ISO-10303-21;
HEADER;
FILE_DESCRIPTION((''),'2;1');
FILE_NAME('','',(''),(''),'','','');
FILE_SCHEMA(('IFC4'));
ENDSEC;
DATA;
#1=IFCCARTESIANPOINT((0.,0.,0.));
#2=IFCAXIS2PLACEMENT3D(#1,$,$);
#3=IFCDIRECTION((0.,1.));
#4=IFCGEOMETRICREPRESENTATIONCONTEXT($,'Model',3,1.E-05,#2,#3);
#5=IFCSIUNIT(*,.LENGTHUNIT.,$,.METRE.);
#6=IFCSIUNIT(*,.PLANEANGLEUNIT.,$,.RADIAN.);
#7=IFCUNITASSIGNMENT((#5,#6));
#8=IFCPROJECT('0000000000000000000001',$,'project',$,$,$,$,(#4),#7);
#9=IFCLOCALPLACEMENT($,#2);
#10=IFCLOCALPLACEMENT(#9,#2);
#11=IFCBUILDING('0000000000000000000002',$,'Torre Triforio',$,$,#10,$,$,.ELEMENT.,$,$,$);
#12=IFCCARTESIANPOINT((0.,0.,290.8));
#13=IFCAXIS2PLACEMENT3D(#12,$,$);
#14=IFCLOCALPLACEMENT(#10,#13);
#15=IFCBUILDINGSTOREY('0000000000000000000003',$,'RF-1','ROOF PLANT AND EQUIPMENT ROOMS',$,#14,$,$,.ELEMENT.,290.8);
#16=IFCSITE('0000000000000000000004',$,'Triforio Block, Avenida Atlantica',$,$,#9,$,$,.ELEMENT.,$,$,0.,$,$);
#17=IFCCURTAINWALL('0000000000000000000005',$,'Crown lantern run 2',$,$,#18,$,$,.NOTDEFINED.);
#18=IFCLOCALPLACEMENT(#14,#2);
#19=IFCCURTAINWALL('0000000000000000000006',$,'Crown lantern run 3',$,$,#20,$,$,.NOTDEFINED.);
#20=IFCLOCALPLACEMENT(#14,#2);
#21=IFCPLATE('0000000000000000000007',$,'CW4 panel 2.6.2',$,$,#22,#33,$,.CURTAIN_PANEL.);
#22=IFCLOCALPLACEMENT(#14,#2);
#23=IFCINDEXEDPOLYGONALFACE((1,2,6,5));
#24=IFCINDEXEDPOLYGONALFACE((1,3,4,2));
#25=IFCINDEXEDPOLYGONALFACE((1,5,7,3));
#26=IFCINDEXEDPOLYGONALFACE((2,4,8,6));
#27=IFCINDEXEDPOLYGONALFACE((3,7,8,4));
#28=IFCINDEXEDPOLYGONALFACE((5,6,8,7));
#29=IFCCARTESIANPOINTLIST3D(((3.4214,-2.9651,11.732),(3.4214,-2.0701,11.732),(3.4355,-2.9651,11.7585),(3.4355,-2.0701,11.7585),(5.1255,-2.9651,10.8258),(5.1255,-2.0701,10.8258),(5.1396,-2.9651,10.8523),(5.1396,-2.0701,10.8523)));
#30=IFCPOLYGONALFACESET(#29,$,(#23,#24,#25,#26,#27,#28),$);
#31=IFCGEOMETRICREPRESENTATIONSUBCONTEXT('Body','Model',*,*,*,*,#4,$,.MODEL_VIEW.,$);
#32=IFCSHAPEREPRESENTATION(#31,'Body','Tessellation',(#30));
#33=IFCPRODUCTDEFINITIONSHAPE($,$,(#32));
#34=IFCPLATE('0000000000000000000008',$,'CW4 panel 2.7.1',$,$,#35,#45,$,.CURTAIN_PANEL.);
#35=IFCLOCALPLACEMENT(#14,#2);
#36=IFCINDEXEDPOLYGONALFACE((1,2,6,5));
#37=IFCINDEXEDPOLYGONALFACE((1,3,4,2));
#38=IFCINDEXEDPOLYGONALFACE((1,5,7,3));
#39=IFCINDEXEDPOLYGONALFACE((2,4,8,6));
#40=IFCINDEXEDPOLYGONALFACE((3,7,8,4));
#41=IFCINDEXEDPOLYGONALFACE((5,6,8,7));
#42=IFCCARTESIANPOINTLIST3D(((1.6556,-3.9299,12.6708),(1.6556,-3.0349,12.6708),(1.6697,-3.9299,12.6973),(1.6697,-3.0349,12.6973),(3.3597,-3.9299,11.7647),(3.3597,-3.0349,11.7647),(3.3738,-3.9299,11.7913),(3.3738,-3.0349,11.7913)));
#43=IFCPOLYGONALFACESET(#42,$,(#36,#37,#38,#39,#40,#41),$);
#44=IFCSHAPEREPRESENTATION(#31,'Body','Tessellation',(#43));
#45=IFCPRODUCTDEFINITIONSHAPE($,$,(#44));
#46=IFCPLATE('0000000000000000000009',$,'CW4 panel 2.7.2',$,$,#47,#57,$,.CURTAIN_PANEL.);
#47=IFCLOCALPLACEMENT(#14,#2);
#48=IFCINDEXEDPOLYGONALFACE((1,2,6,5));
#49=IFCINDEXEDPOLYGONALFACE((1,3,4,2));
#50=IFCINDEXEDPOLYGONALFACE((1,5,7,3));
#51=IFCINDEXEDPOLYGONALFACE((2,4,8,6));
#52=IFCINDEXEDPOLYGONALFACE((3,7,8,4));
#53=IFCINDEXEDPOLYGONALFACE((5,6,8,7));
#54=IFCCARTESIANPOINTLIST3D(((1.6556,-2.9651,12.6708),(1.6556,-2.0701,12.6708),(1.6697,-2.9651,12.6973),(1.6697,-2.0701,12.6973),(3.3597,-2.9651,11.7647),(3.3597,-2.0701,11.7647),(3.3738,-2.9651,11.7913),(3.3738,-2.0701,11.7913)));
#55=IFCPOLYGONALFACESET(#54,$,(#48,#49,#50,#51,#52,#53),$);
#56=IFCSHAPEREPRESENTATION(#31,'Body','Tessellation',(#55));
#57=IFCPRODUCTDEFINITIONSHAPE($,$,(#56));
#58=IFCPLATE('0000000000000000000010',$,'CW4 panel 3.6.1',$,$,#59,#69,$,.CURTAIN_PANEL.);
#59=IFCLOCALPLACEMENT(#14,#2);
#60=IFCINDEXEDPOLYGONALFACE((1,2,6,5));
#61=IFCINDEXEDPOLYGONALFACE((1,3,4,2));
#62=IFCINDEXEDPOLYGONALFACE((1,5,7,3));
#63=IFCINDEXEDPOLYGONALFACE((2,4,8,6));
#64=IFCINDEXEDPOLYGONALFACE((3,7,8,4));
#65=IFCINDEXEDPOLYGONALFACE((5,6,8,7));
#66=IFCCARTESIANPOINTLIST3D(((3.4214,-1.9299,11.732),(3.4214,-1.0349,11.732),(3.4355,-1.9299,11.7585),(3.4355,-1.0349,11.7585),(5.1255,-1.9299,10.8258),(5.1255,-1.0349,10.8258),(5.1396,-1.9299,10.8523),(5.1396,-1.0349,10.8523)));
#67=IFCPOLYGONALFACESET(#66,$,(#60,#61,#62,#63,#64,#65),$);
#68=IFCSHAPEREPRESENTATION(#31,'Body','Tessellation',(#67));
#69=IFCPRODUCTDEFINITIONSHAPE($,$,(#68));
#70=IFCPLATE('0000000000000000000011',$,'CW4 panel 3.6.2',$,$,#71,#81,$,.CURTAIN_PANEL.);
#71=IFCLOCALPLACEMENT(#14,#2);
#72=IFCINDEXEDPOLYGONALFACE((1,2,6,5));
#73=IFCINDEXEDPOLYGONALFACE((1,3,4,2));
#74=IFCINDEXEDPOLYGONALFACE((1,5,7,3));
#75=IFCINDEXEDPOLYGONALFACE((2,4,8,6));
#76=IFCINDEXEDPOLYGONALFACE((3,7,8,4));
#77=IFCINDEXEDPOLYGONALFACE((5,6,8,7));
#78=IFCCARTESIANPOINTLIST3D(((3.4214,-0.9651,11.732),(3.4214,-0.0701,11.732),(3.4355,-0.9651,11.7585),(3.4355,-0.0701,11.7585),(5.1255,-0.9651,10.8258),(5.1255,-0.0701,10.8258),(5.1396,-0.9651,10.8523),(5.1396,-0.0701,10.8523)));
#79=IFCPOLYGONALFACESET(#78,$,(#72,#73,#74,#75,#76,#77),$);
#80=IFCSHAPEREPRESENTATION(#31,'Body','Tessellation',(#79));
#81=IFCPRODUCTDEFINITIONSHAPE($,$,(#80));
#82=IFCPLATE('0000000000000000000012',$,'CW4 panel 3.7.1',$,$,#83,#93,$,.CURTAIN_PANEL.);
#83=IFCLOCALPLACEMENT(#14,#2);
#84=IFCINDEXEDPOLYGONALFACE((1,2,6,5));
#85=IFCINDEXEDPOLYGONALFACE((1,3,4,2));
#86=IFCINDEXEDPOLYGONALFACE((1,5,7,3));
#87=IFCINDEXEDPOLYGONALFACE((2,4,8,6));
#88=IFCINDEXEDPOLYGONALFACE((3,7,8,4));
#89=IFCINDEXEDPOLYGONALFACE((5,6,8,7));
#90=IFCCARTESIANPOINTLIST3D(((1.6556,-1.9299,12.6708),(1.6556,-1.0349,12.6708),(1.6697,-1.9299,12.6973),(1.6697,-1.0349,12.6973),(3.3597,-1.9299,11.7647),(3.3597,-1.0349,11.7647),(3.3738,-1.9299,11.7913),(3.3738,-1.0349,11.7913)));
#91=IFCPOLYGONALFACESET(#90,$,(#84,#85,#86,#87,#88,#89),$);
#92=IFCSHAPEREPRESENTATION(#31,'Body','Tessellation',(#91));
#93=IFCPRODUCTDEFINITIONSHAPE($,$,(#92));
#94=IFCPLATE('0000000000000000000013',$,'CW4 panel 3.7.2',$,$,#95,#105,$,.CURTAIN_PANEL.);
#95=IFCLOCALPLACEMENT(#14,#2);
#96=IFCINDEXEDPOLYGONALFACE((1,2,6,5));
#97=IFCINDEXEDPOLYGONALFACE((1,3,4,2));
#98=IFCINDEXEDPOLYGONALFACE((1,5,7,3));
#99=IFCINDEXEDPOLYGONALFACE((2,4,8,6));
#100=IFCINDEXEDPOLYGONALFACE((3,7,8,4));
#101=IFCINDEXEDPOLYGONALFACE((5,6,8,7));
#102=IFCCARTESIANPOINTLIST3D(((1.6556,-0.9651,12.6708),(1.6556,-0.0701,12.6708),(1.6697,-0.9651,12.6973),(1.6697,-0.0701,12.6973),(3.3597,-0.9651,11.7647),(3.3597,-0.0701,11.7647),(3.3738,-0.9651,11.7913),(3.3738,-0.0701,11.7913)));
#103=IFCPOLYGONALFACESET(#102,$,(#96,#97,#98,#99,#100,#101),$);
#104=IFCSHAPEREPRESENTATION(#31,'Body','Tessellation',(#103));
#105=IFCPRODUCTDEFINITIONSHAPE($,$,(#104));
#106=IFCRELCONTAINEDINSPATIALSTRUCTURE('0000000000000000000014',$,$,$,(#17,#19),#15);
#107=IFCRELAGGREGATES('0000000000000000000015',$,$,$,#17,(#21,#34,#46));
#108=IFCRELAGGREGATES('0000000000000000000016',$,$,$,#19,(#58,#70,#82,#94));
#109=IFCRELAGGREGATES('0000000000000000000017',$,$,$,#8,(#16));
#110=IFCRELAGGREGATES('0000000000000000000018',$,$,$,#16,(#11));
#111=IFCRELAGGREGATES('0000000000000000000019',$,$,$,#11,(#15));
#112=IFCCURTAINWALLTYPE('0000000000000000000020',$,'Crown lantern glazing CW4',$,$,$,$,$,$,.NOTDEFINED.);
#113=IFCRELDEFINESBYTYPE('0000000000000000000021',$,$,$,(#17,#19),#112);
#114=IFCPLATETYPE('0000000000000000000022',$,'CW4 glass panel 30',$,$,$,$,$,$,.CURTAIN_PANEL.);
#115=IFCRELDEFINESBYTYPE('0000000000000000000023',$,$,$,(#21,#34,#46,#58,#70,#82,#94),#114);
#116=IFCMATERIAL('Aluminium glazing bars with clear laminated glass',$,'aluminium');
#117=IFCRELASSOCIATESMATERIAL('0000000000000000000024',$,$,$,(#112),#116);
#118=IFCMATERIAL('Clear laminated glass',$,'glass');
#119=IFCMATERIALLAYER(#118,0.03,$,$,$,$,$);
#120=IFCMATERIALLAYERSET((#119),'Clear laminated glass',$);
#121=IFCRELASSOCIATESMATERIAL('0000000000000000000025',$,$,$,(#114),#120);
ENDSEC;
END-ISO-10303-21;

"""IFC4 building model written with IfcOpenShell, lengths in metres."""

from ifc_helpers import new_model, si_unit, direction, frame, origin, place, context, subcontext, project, spatial, polyline, outline, extrude, material, layer, layer_set, type_object, element, aggregate, save


model = new_model("IFC4")

# Units and contexts
model_context = context("Model", 3, precision=1e-05, world=origin(), true_north=direction((0.0, 1.0)))
body_context = subcontext(model_context, "Body", "Model", "MODEL_VIEW")
ifc_project = project(units=[si_unit("LENGTHUNIT", "METRE"), si_unit("PLANEANGLEUNIT", "RADIAN")], contexts=[model_context])

# Site, building, storey
site_placement = place(None, origin())
site = spatial("IfcSite", under=ifc_project, at=site_placement, Name="Triforio Block, Avenida Atlantica", CompositionType="ELEMENT", RefElevation=0.0)
building_placement = place(site_placement, origin())
building = spatial("IfcBuilding", under=site, at=building_placement, Name="Torre Triforio", CompositionType="ELEMENT")
storey_placement = place(building_placement, frame((0.0, 0.0, 290.8)))
storey = spatial("IfcBuildingStorey", under=building, at=storey_placement, Name="RF-1", Description="ROOF PLANT AND EQUIPMENT ROOMS", CompositionType="ELEMENT", Elevation=290.8)

# Curtain walls
ifc_material_1 = material(Name="Aluminium glazing bars with clear laminated glass", Category="aluminium")
curtain_wall_type = type_object("IfcCurtainWallType", Name="Crown lantern glazing CW4", PredefinedType="NOTDEFINED", material=ifc_material_1)
curtain_wall_1_placement = place(storey_placement, origin())
curtain_wall_1 = element("IfcCurtainWall", 1, at=curtain_wall_1_placement, inside=storey, type_object=curtain_wall_type, Name="Crown lantern run 2", PredefinedType="NOTDEFINED")
curtain_wall_2_placement = place(storey_placement, origin())
curtain_wall_2 = element("IfcCurtainWall", 2, at=curtain_wall_2_placement, inside=storey, type_object=curtain_wall_type, Name="Crown lantern run 3", PredefinedType="NOTDEFINED")

# Plates
ifc_material_2 = material(Name="Clear laminated glass", Category="glass")
ifc_layer_1 = layer(ifc_material_2, 0.03)
ifc_layer_set_1 = layer_set([ifc_layer_1], Name="Clear laminated glass")
plate_type = type_object("IfcPlateType", Name="CW4 glass panel 30", PredefinedType="CURTAIN_PANEL", material=ifc_layer_set_1)
plate_1_placement = place(storey_placement, frame((5.1396, -2.9651, 10.8523), z_axis=(0.469537, 0.0, 0.882913), x_axis=(0.0, 1.0, 0.0)))
plate_1 = element("IfcPlate", 3, at=plate_1_placement, type_object=plate_type, Name="CW4 panel 2.6.2", PredefinedType="CURTAIN_PANEL", context=body_context, shape_type="SweptSolid", body=[
    extrude(outline(polyline([(0.0, 0.0), (0.895, 0.0), (0.895, 1.9301), (0.0, 1.9301), (0.0, 0.0)])), origin(), (0.0, 0.0, -1.0), 0.03),
])
plate_2_placement = place(storey_placement, frame((3.3738, -3.9299, 11.7913), z_axis=(0.469439, 0.0, 0.882965), x_axis=(0.0, 1.0, 0.0)))
plate_2 = element("IfcPlate", 4, at=plate_2_placement, type_object=plate_type, Name="CW4 panel 2.7.1", PredefinedType="CURTAIN_PANEL", context=body_context, shape_type="SweptSolid", body=[
    extrude(outline(polyline([(0.0, 0.0), (0.895, 0.0), (0.895, 1.93), (0.0, 1.93), (0.0, 0.0)])), origin(), (0.0, 0.0, -1.0), 0.03),
])
plate_3_placement = place(storey_placement, frame((3.3738, -2.9651, 11.7913), z_axis=(0.469439, 0.0, 0.882965), x_axis=(0.0, 1.0, 0.0)))
plate_3 = element("IfcPlate", 5, at=plate_3_placement, type_object=plate_type, Name="CW4 panel 2.7.2", PredefinedType="CURTAIN_PANEL", context=body_context, shape_type="SweptSolid", body=[
    extrude(outline(polyline([(0.0, 0.0), (0.895, 0.0), (0.895, 1.93), (0.0, 1.93), (0.0, 0.0)])), origin(), (0.0, 0.0, -1.0), 0.03),
])
aggregate(curtain_wall_1, [plate_1, plate_2, plate_3])
plate_4_placement = place(storey_placement, frame((5.1396, -1.9299, 10.8523), z_axis=(0.469537, 0.0, 0.882913), x_axis=(0.0, 1.0, 0.0)))
plate_4 = element("IfcPlate", 6, at=plate_4_placement, type_object=plate_type, Name="CW4 panel 3.6.1", PredefinedType="CURTAIN_PANEL", context=body_context, shape_type="SweptSolid", body=[
    extrude(outline(polyline([(0.0, 0.0), (0.895, 0.0), (0.895, 1.9301), (0.0, 1.9301), (0.0, 0.0)])), origin(), (0.0, 0.0, -1.0), 0.03),
])
plate_5_placement = place(storey_placement, frame((5.1396, -0.9651, 10.8523), z_axis=(0.469537, 0.0, 0.882913), x_axis=(0.0, 1.0, 0.0)))
plate_5 = element("IfcPlate", 7, at=plate_5_placement, type_object=plate_type, Name="CW4 panel 3.6.2", PredefinedType="CURTAIN_PANEL", context=body_context, shape_type="SweptSolid", body=[
    extrude(outline(polyline([(0.0, 0.0), (0.895, 0.0), (0.895, 1.9301), (0.0, 1.9301), (0.0, 0.0)])), origin(), (0.0, 0.0, -1.0), 0.03),
])
plate_6_placement = place(storey_placement, frame((3.3738, -1.9299, 11.7913), z_axis=(0.469439, 0.0, 0.882965), x_axis=(0.0, 1.0, 0.0)))
plate_6 = element("IfcPlate", 8, at=plate_6_placement, type_object=plate_type, Name="CW4 panel 3.7.1", PredefinedType="CURTAIN_PANEL", context=body_context, shape_type="SweptSolid", body=[
    extrude(outline(polyline([(0.0, 0.0), (0.895, 0.0), (0.895, 1.93), (0.0, 1.93), (0.0, 0.0)])), origin(), (0.0, 0.0, -1.0), 0.03),
])
plate_7_placement = place(storey_placement, frame((3.3738, -0.9651, 11.7913), z_axis=(0.469439, 0.0, 0.882965), x_axis=(0.0, 1.0, 0.0)))
plate_7 = element("IfcPlate", 9, at=plate_7_placement, type_object=plate_type, Name="CW4 panel 3.7.2", PredefinedType="CURTAIN_PANEL", context=body_context, shape_type="SweptSolid", body=[
    extrude(outline(polyline([(0.0, 0.0), (0.895, 0.0), (0.895, 1.93), (0.0, 1.93), (0.0, 0.0)])), origin(), (0.0, 0.0, -1.0), 0.03),
])
aggregate(curtain_wall_2, [plate_4, plate_5, plate_6, plate_7])

save(model, "model.ifc")
